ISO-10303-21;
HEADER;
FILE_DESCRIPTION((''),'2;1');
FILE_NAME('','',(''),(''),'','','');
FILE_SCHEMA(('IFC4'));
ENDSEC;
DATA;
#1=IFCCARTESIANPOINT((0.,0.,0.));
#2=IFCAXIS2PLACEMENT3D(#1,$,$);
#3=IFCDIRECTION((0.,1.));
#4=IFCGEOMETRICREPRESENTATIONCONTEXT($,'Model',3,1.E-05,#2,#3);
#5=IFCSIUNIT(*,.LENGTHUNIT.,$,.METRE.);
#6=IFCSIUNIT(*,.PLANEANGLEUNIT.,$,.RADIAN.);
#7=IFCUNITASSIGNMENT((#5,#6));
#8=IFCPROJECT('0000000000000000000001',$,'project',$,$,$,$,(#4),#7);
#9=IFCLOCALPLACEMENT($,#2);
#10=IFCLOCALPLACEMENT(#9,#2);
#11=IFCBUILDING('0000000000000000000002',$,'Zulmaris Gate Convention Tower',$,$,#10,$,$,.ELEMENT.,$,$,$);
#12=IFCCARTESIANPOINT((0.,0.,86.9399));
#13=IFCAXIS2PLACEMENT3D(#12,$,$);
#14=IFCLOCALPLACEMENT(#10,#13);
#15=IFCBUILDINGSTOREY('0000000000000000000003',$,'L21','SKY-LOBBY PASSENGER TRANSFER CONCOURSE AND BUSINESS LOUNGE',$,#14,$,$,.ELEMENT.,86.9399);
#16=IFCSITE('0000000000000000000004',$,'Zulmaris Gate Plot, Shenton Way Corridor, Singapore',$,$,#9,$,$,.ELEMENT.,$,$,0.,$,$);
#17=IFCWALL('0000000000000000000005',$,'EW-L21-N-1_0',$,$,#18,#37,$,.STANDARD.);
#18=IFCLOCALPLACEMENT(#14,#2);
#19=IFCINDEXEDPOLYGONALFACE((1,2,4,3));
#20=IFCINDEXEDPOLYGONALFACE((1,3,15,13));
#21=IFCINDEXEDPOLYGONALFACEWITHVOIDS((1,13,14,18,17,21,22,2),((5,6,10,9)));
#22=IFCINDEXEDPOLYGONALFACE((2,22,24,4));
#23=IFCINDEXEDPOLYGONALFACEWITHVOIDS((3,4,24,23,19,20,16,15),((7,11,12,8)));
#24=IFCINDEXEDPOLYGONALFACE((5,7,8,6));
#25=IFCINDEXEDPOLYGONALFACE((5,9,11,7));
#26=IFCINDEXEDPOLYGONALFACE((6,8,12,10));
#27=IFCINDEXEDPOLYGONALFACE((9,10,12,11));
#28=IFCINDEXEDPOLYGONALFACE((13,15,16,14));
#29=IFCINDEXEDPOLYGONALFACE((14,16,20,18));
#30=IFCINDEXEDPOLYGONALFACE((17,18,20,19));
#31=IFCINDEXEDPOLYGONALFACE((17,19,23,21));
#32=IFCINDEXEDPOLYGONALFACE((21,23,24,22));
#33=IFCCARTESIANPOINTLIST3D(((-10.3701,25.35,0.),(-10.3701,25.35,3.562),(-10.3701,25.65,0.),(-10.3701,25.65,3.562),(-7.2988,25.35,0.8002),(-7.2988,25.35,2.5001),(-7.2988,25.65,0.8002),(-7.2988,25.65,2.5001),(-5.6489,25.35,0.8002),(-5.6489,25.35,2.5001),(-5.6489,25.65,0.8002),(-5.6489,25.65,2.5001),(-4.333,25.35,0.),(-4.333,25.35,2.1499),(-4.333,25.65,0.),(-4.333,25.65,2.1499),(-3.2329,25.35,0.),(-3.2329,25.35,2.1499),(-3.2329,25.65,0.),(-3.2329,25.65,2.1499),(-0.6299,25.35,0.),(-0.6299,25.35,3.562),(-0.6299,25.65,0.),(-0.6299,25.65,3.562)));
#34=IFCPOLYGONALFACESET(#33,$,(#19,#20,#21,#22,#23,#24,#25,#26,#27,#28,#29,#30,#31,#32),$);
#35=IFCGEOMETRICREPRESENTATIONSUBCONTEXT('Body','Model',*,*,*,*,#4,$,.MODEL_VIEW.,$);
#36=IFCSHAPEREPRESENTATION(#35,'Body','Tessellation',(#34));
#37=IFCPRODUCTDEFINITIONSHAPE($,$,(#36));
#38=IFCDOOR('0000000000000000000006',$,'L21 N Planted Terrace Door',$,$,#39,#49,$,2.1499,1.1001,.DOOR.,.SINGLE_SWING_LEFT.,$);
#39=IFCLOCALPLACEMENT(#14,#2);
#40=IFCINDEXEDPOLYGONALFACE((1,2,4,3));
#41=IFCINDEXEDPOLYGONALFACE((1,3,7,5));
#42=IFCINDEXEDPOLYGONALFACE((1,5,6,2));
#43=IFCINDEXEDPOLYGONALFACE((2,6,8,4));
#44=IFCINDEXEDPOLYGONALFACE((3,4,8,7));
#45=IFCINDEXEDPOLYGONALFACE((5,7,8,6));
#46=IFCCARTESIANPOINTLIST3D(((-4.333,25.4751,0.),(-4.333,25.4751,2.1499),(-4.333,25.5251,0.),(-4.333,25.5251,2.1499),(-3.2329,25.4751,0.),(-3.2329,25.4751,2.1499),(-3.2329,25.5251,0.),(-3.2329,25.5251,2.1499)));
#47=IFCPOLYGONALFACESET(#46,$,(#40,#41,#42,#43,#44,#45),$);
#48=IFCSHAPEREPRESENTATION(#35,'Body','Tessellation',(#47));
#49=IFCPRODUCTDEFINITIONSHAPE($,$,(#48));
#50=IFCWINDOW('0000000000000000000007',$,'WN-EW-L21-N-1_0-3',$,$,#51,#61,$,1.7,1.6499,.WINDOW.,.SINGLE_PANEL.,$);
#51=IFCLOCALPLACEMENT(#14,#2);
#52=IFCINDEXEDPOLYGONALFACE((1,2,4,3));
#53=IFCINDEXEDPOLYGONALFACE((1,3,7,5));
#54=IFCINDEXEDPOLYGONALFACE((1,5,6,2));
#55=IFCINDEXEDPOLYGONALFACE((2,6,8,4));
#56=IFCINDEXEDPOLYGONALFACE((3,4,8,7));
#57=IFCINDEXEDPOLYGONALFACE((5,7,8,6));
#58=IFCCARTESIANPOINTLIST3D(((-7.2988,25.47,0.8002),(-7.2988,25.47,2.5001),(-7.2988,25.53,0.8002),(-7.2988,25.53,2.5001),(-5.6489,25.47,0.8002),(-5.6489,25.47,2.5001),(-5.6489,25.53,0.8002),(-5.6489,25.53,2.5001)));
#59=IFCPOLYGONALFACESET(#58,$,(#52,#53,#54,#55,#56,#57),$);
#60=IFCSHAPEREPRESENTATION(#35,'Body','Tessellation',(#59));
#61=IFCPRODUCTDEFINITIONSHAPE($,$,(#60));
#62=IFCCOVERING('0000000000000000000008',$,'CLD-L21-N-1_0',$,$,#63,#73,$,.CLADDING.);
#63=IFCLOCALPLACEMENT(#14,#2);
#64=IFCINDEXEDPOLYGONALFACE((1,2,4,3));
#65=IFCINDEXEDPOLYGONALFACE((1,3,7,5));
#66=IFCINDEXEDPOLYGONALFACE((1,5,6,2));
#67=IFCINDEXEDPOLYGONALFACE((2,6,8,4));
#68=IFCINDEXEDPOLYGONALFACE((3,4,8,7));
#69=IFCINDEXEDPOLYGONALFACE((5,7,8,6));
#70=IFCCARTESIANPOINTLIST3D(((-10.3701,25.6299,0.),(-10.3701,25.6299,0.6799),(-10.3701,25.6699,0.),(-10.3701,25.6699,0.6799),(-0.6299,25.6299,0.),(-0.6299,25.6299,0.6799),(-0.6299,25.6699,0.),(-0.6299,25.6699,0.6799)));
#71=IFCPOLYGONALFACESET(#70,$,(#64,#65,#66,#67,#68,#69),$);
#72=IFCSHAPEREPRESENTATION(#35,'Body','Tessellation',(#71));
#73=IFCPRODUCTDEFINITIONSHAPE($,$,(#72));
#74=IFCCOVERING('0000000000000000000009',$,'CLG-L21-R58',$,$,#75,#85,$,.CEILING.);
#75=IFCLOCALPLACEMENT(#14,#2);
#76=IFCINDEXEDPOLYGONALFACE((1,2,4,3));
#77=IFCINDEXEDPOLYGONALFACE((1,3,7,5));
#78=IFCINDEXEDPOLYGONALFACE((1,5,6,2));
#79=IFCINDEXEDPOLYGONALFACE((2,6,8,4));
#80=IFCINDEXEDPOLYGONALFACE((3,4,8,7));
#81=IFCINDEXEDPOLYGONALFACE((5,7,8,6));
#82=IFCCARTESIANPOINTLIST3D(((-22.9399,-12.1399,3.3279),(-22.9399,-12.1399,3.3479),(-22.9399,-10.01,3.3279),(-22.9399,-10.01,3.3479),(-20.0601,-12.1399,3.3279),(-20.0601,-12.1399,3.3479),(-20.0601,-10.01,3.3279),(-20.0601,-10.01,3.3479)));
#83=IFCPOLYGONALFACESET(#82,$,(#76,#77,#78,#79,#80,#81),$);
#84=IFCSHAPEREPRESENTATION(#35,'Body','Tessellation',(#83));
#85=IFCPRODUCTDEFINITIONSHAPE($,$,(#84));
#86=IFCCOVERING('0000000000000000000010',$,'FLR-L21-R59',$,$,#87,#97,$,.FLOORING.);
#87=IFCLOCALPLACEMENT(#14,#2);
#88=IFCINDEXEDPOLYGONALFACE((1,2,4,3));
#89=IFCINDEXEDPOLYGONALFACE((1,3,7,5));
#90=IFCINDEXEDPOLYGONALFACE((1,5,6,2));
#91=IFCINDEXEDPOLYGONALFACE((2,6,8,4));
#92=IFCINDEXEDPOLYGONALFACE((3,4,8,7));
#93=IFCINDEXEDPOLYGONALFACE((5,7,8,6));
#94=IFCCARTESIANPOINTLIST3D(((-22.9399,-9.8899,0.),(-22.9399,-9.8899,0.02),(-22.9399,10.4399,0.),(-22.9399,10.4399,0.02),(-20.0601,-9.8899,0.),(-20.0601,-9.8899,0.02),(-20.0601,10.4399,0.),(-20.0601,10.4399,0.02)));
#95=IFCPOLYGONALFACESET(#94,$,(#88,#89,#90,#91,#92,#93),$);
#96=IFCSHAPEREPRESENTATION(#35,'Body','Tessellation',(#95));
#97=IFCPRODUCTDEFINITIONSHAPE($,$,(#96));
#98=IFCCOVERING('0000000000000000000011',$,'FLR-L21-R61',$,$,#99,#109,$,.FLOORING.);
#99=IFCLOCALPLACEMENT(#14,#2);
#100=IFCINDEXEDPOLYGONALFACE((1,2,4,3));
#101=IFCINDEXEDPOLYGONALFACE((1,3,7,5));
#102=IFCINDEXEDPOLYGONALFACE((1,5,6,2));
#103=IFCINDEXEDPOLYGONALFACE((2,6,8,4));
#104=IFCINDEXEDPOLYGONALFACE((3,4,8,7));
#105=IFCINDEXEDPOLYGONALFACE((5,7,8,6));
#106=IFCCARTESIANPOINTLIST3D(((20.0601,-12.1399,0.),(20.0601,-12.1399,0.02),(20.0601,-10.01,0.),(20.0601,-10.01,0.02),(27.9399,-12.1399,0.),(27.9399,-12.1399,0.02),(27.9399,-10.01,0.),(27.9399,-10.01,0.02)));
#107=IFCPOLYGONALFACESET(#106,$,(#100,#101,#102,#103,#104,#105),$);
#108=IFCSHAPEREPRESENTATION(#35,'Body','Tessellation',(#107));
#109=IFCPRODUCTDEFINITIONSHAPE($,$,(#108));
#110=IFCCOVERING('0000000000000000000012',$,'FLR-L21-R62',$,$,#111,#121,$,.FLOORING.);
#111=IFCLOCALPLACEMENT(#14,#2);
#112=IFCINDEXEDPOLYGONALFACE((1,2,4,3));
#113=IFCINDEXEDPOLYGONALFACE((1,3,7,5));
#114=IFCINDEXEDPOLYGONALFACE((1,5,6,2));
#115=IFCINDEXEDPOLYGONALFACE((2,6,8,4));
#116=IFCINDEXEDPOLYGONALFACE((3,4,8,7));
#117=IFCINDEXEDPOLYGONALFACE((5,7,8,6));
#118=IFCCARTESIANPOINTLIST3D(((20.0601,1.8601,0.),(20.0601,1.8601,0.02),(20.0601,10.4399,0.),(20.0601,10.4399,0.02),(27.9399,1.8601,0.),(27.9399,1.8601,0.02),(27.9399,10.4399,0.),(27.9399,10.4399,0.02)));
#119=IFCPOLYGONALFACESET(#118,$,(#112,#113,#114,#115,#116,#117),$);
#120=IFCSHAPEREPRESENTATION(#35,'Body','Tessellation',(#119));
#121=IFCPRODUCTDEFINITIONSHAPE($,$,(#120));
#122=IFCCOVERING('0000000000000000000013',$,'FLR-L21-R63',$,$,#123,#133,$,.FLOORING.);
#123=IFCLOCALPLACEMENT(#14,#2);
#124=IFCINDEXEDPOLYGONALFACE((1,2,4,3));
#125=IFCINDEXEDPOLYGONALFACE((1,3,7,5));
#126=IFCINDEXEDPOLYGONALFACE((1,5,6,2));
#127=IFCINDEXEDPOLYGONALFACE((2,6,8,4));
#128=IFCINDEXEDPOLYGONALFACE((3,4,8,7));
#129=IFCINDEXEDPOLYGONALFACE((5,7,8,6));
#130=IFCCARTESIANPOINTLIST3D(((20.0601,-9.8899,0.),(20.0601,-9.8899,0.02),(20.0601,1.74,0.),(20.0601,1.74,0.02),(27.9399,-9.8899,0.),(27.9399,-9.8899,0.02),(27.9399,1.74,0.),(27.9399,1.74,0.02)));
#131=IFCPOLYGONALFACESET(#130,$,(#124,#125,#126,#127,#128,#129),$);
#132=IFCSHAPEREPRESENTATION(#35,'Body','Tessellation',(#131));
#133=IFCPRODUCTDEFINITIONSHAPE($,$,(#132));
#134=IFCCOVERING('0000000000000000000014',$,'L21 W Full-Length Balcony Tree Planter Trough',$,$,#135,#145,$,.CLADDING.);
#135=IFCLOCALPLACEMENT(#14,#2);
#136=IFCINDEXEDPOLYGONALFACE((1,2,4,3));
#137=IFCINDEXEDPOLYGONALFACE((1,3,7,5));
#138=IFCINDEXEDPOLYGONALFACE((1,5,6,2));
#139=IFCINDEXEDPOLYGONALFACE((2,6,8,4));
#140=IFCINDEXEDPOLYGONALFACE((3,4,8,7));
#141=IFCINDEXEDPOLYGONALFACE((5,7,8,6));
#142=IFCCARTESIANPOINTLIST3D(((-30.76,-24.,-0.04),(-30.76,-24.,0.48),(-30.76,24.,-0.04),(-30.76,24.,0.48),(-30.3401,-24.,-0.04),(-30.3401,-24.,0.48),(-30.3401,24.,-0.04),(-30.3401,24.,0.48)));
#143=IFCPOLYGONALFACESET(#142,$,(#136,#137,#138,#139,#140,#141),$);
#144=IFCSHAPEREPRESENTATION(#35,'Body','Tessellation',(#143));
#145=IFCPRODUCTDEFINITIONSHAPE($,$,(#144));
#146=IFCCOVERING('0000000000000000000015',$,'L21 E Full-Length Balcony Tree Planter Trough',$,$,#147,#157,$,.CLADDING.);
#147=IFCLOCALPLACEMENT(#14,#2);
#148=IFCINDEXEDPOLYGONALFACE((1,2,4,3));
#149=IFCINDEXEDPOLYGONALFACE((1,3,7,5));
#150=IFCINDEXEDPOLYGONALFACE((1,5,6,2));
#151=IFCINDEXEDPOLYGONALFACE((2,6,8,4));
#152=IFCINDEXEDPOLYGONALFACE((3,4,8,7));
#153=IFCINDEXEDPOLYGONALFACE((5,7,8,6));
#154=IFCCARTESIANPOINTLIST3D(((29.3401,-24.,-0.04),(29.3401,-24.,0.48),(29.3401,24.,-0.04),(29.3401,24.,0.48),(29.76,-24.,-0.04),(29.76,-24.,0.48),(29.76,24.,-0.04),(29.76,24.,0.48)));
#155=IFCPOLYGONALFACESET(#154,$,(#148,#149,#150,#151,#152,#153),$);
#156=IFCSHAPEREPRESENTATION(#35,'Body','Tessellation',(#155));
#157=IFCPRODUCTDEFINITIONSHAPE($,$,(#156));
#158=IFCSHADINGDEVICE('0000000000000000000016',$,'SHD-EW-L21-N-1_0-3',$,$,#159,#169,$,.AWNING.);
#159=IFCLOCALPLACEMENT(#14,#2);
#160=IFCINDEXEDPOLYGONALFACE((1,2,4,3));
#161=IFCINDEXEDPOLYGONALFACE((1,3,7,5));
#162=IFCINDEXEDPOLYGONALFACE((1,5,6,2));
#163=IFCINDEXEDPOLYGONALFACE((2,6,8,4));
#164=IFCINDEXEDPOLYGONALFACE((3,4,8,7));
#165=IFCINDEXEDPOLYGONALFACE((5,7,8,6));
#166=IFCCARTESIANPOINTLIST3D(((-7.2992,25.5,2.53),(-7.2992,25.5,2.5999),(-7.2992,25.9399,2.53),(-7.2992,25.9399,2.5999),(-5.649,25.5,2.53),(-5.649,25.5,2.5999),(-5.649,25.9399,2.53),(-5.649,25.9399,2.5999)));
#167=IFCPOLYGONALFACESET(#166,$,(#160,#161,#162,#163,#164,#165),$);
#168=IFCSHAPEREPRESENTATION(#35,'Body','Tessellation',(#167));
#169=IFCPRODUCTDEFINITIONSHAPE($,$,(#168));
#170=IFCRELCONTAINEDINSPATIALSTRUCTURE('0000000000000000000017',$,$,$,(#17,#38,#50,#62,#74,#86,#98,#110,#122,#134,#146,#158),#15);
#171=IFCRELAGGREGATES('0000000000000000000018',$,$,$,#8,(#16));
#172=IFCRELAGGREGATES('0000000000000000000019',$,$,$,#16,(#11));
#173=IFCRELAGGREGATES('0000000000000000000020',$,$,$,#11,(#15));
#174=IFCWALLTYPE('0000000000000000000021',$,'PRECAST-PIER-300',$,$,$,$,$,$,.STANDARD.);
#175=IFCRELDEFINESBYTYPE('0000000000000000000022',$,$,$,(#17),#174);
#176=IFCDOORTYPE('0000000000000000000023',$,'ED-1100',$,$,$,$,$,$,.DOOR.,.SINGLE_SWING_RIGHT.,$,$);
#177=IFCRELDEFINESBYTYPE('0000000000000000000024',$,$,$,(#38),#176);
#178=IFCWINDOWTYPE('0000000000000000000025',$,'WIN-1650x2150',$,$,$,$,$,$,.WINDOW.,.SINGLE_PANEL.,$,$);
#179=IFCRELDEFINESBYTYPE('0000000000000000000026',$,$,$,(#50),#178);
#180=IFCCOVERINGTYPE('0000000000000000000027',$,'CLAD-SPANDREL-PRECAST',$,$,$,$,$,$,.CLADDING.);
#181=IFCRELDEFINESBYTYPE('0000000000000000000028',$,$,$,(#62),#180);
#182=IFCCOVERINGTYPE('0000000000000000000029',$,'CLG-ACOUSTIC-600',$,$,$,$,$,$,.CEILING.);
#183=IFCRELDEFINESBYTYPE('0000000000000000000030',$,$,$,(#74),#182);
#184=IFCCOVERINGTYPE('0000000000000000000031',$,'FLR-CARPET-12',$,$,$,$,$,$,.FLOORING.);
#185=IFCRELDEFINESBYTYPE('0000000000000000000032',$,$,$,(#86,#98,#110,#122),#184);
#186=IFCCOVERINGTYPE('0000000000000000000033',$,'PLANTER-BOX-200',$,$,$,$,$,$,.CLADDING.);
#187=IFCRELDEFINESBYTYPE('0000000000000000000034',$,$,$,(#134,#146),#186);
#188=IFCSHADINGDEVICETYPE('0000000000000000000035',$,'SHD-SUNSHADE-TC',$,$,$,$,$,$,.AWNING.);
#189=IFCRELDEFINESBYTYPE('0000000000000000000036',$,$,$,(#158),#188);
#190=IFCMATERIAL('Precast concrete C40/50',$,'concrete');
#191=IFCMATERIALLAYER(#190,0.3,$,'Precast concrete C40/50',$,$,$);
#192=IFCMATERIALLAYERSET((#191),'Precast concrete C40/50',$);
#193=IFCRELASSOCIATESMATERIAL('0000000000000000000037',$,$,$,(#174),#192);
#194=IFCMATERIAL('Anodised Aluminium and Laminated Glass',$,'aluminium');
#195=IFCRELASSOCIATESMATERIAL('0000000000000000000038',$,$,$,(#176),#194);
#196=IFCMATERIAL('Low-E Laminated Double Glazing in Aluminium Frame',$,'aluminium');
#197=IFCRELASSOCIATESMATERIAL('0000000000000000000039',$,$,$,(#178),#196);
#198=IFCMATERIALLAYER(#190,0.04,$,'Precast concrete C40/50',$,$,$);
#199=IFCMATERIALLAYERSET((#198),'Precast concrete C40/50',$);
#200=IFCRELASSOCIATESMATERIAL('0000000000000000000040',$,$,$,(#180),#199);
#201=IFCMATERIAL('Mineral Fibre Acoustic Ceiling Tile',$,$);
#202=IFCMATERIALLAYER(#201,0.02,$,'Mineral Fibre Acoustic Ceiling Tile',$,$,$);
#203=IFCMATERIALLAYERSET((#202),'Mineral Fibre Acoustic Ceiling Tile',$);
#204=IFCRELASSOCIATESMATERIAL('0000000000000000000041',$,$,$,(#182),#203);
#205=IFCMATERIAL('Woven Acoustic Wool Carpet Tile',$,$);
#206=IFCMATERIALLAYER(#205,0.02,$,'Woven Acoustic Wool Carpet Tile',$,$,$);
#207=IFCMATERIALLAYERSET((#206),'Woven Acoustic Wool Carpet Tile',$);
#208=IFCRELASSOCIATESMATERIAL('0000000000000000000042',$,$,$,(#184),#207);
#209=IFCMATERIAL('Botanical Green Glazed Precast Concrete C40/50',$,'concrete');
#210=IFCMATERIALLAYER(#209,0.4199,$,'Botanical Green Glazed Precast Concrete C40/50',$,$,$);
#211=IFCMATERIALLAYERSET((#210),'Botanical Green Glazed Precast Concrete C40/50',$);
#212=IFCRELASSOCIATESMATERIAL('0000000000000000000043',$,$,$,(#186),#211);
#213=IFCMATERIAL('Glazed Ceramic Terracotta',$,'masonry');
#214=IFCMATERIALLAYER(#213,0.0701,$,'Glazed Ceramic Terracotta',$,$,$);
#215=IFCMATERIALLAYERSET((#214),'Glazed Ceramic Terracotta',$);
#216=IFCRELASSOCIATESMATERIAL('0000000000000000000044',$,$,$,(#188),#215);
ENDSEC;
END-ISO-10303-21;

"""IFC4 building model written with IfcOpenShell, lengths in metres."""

from ifc_helpers import new_model, si_unit, direction, frame, frame_2d, origin, place, context, subcontext, project, spatial, polyline, rectangle, outline, extrude, material, layer, layer_set, type_object, element, fill, save


model = new_model("IFC4")

# Units and contexts
model_context = context("Model", 3, precision=1e-05, world=origin(), true_north=direction((0.0, 1.0)))
body_context = subcontext(model_context, "Body", "Model", "MODEL_VIEW")
ifc_project = project(units=[si_unit("LENGTHUNIT", "METRE"), si_unit("PLANEANGLEUNIT", "RADIAN")], contexts=[model_context])

# Site, building, storey
site_placement = place(None, origin())
site = spatial("IfcSite", under=ifc_project, at=site_placement, Name="Zulmaris Gate Plot, Shenton Way Corridor, Singapore", CompositionType="ELEMENT", RefElevation=0.0)
building_placement = place(site_placement, origin())
building = spatial("IfcBuilding", under=site, at=building_placement, Name="Zulmaris Gate Convention Tower", CompositionType="ELEMENT")
storey_placement = place(building_placement, frame((0.0, 0.0, 86.9399)))
storey = spatial("IfcBuildingStorey", under=building, at=storey_placement, Name="L21", Description="SKY-LOBBY PASSENGER TRANSFER CONCOURSE AND BUSINESS LOUNGE", CompositionType="ELEMENT", Elevation=86.9399)

# Shared definitions
ifc_material_1 = material(Name="Botanical Green Glazed Precast Concrete C40/50", Category="concrete")

# Wall, openings, door, window
ifc_material_2 = material(Name="Precast concrete C40/50", Category="concrete")
ifc_layer_1 = layer(ifc_material_2, 0.3, Name="Precast concrete C40/50")
ifc_layer_set_1 = layer_set([ifc_layer_1], Name="Precast concrete C40/50")
wall_type_1 = type_object("IfcWallType", Name="PRECAST-PIER-300", PredefinedType="STANDARD", material=ifc_layer_set_1)
wall_1_placement = place(storey_placement, frame((-0.6299, 25.5, 0.0), z_axis=(0.0, 0.0, 1.0), x_axis=(-1.0, 0.0, 0.0)))
wall_1 = element("IfcWall", 1, at=wall_1_placement, inside=storey, type_object=wall_type_1, Name="EW-L21-N-1_0", PredefinedType="STANDARD", context=body_context, shape_type="SweptSolid", body=[
    extrude(rectangle(XDim=9.7402, YDim=0.3, at=frame_2d((4.8701, 0.0))), origin(), (0.0, 0.0, 1.0), 3.562),
])
opening_1_placement = place(wall_1_placement, frame((2.603, 0.0, 0.0)))
opening_1 = element("IfcOpeningElement", 2, at=opening_1_placement, cuts=wall_1, PredefinedType="OPENING", context=body_context, shape_type="SweptSolid", body=[
    extrude(rectangle(XDim=1.1001, YDim=2.1499, at=frame_2d((0.55, 1.075))), frame((0.0, 0.1602, 0.0), z_axis=(0.0, -1.0, 0.0), x_axis=(1.0, 0.0, 0.0)), (0.0, 0.0, 1.0), 0.3201),
])
opening_2_placement = place(wall_1_placement, frame((5.019, 0.0, 0.8)))
opening_2 = element("IfcOpeningElement", 3, at=opening_2_placement, cuts=wall_1, PredefinedType="OPENING", context=body_context, shape_type="SweptSolid", body=[
    extrude(rectangle(XDim=1.6499, YDim=1.7, at=frame_2d((0.825, 0.8501))), frame((0.0, 0.1602, 0.0), z_axis=(0.0, -1.0, 0.0), x_axis=(1.0, 0.0, 0.0)), (0.0, 0.0, 1.0), 0.3201),
])
ifc_material_3 = material(Name="Anodised Aluminium and Laminated Glass", Category="aluminium")
door_type_1 = type_object("IfcDoorType", Name="ED-1100", OperationType="SINGLE_SWING_RIGHT", PredefinedType="DOOR", material=ifc_material_3)
door_1_placement = place(opening_1_placement, origin())
door_1 = element("IfcDoor", 4, at=door_1_placement, inside=storey, type_object=door_type_1, Name="L21 N Planted Terrace Door", OperationType="SINGLE_SWING_LEFT", OverallHeight=2.1499, OverallWidth=1.1001, PredefinedType="DOOR", context=body_context, shape_type="SweptSolid", body=[
    extrude(rectangle(XDim=1.1001, YDim=2.1499, at=frame_2d((0.55, 1.075))), frame((0.0, 0.0249, 0.0), z_axis=(0.0, -1.0, 0.0), x_axis=(1.0, 0.0, 0.0)), (0.0, 0.0, 1.0), 0.05),
])
fill(opening_1, door_1)
ifc_material_4 = material(Name="Low-E Laminated Double Glazing in Aluminium Frame", Category="aluminium")
window_type = type_object("IfcWindowType", Name="WIN-1650x2150", PartitioningType="SINGLE_PANEL", PredefinedType="WINDOW", material=ifc_material_4)
window_placement = place(opening_2_placement, origin())
window = element("IfcWindow", 5, at=window_placement, inside=storey, type_object=window_type, Name="WN-EW-L21-N-1_0-3", OverallHeight=1.7, OverallWidth=1.6499, PartitioningType="SINGLE_PANEL", PredefinedType="WINDOW", context=body_context, shape_type="SweptSolid", body=[
    extrude(rectangle(XDim=1.6499, YDim=1.7, at=frame_2d((0.825, 0.8501))), frame((0.0, 0.03, 0.0), z_axis=(0.0, -1.0, 0.0), x_axis=(1.0, 0.0, 0.0)), (0.0, 0.0, 1.0), 0.0601),
])
fill(opening_2, window)

# Coverings
ifc_layer_2 = layer(ifc_material_2, 0.04, Name="Precast concrete C40/50")
ifc_layer_set_2 = layer_set([ifc_layer_2], Name="Precast concrete C40/50")
covering_type_1 = type_object("IfcCoveringType", Name="CLAD-SPANDREL-PRECAST", PredefinedType="CLADDING", material=ifc_layer_set_2)
covering_1_placement = place(storey_placement, frame((-0.6299, 25.6499, 0.0), z_axis=(0.0, 0.0, 1.0), x_axis=(-1.0, 0.0, 0.0)))
element("IfcCovering", 6, at=covering_1_placement, inside=storey, type_object=covering_type_1, Name="CLD-L21-N-1_0", PredefinedType="CLADDING", context=body_context, shape_type="SweptSolid", body=[
    extrude(rectangle(XDim=9.7402, YDim=0.04, at=frame_2d((4.8701, 0.0))), origin(), (0.0, 0.0, 1.0), 0.6799),
])
ifc_material_5 = material(Name="Mineral Fibre Acoustic Ceiling Tile")
ifc_layer_3 = layer(ifc_material_5, 0.02, Name="Mineral Fibre Acoustic Ceiling Tile")
ifc_layer_set_3 = layer_set([ifc_layer_3], Name="Mineral Fibre Acoustic Ceiling Tile")
covering_type_2 = type_object("IfcCoveringType", Name="CLG-ACOUSTIC-600", PredefinedType="CEILING", material=ifc_layer_set_3)
covering_2_placement = place(storey_placement, frame((0.0, 0.0, 3.3279)))
element("IfcCovering", 7, at=covering_2_placement, inside=storey, type_object=covering_type_2, Name="CLG-L21-R58", PredefinedType="CEILING", context=body_context, shape_type="SweptSolid", body=[
    extrude(outline(polyline([(-22.9399, -12.1399), (-20.0601, -12.1399), (-20.0601, -10.01), (-22.9399, -10.01), (-22.9399, -12.1399)])), origin(), (0.0, 0.0, 1.0), 0.02),
])
ifc_material_6 = material(Name="Woven Acoustic Wool Carpet Tile")
ifc_layer_4 = layer(ifc_material_6, 0.02, Name="Woven Acoustic Wool Carpet Tile")
ifc_layer_set_4 = layer_set([ifc_layer_4], Name="Woven Acoustic Wool Carpet Tile")
covering_type_3 = type_object("IfcCoveringType", Name="FLR-CARPET-12", PredefinedType="FLOORING", material=ifc_layer_set_4)
covering_3_placement = place(storey_placement, origin())
element("IfcCovering", 8, at=covering_3_placement, inside=storey, type_object=covering_type_3, Name="FLR-L21-R59", PredefinedType="FLOORING", context=body_context, shape_type="SweptSolid", body=[
    extrude(outline(polyline([(-22.9399, -9.8899), (-20.0601, -9.8899), (-20.0601, 10.4399), (-22.9399, 10.4399), (-22.9399, -9.8899)])), origin(), (0.0, 0.0, 1.0), 0.02),
])
covering_4_placement = place(storey_placement, origin())
element("IfcCovering", 9, at=covering_4_placement, inside=storey, type_object=covering_type_3, Name="FLR-L21-R61", PredefinedType="FLOORING", context=body_context, shape_type="SweptSolid", body=[
    extrude(outline(polyline([(20.0601, -12.1399), (27.9399, -12.1399), (27.9399, -10.01), (20.0601, -10.01), (20.0601, -12.1399)])), origin(), (0.0, 0.0, 1.0), 0.02),
])
covering_5_placement = place(storey_placement, origin())
element("IfcCovering", 10, at=covering_5_placement, inside=storey, type_object=covering_type_3, Name="FLR-L21-R62", PredefinedType="FLOORING", context=body_context, shape_type="SweptSolid", body=[
    extrude(outline(polyline([(20.0601, 1.8601), (27.9399, 1.8601), (27.9399, 10.4399), (20.0601, 10.4399), (20.0601, 1.8601)])), origin(), (0.0, 0.0, 1.0), 0.02),
])
covering_6_placement = place(storey_placement, origin())
element("IfcCovering", 11, at=covering_6_placement, inside=storey, type_object=covering_type_3, Name="FLR-L21-R63", PredefinedType="FLOORING", context=body_context, shape_type="SweptSolid", body=[
    extrude(outline(polyline([(20.0601, -9.8899), (27.9399, -9.8899), (27.9399, 1.74), (20.0601, 1.74), (20.0601, -9.8899)])), origin(), (0.0, 0.0, 1.0), 0.02),
])
ifc_layer_5 = layer(ifc_material_1, 0.4199, Name="Botanical Green Glazed Precast Concrete C40/50")
ifc_layer_set_5 = layer_set([ifc_layer_5], Name="Botanical Green Glazed Precast Concrete C40/50")
covering_type_4 = type_object("IfcCoveringType", Name="PLANTER-BOX-200", PredefinedType="CLADDING", material=ifc_layer_set_5)
covering_7_placement = place(storey_placement, frame((0.0, 0.0, -0.04)))
element("IfcCovering", 12, at=covering_7_placement, inside=storey, type_object=covering_type_4, Name="L21 W Full-Length Balcony Tree Planter Trough", PredefinedType="CLADDING", context=body_context, shape_type="SweptSolid", body=[
    extrude(outline(polyline([(-30.76, -24.0), (-30.3401, -24.0), (-30.3401, 24.0), (-30.76, 24.0), (-30.76, -24.0)])), origin(), (0.0, 0.0, 1.0), 0.52),
])
covering_8_placement = place(storey_placement, frame((0.0, 0.0, -0.04)))
element("IfcCovering", 13, at=covering_8_placement, inside=storey, type_object=covering_type_4, Name="L21 E Full-Length Balcony Tree Planter Trough", PredefinedType="CLADDING", context=body_context, shape_type="SweptSolid", body=[
    extrude(outline(polyline([(29.3401, -24.0), (29.76, -24.0), (29.76, 24.0), (29.3401, 24.0), (29.3401, -24.0)])), origin(), (0.0, 0.0, 1.0), 0.52),
])

# Shading device
ifc_material_7 = material(Name="Glazed Ceramic Terracotta", Category="masonry")
ifc_layer_6 = layer(ifc_material_7, 0.0701, Name="Glazed Ceramic Terracotta")
ifc_layer_set_6 = layer_set([ifc_layer_6], Name="Glazed Ceramic Terracotta")
shading_device_type = type_object("IfcShadingDeviceType", Name="SHD-SUNSHADE-TC", PredefinedType="AWNING", material=ifc_layer_set_6)
shading_device_placement = place(storey_placement, frame((-5.6489, 25.72, 2.53), z_axis=(0.0, 0.0, 1.0), x_axis=(-1.0, 0.0, 0.0)))
element("IfcShadingDevice", 14, at=shading_device_placement, inside=storey, type_object=shading_device_type, Name="SHD-EW-L21-N-1_0-3", PredefinedType="AWNING", context=body_context, shape_type="SweptSolid", body=[
    extrude(rectangle(XDim=1.6501, YDim=0.4399, at=frame_2d((0.8252, 0.0))), origin(), (0.0, 0.0, 1.0), 0.0698),
])

save(model, "model.ifc")
